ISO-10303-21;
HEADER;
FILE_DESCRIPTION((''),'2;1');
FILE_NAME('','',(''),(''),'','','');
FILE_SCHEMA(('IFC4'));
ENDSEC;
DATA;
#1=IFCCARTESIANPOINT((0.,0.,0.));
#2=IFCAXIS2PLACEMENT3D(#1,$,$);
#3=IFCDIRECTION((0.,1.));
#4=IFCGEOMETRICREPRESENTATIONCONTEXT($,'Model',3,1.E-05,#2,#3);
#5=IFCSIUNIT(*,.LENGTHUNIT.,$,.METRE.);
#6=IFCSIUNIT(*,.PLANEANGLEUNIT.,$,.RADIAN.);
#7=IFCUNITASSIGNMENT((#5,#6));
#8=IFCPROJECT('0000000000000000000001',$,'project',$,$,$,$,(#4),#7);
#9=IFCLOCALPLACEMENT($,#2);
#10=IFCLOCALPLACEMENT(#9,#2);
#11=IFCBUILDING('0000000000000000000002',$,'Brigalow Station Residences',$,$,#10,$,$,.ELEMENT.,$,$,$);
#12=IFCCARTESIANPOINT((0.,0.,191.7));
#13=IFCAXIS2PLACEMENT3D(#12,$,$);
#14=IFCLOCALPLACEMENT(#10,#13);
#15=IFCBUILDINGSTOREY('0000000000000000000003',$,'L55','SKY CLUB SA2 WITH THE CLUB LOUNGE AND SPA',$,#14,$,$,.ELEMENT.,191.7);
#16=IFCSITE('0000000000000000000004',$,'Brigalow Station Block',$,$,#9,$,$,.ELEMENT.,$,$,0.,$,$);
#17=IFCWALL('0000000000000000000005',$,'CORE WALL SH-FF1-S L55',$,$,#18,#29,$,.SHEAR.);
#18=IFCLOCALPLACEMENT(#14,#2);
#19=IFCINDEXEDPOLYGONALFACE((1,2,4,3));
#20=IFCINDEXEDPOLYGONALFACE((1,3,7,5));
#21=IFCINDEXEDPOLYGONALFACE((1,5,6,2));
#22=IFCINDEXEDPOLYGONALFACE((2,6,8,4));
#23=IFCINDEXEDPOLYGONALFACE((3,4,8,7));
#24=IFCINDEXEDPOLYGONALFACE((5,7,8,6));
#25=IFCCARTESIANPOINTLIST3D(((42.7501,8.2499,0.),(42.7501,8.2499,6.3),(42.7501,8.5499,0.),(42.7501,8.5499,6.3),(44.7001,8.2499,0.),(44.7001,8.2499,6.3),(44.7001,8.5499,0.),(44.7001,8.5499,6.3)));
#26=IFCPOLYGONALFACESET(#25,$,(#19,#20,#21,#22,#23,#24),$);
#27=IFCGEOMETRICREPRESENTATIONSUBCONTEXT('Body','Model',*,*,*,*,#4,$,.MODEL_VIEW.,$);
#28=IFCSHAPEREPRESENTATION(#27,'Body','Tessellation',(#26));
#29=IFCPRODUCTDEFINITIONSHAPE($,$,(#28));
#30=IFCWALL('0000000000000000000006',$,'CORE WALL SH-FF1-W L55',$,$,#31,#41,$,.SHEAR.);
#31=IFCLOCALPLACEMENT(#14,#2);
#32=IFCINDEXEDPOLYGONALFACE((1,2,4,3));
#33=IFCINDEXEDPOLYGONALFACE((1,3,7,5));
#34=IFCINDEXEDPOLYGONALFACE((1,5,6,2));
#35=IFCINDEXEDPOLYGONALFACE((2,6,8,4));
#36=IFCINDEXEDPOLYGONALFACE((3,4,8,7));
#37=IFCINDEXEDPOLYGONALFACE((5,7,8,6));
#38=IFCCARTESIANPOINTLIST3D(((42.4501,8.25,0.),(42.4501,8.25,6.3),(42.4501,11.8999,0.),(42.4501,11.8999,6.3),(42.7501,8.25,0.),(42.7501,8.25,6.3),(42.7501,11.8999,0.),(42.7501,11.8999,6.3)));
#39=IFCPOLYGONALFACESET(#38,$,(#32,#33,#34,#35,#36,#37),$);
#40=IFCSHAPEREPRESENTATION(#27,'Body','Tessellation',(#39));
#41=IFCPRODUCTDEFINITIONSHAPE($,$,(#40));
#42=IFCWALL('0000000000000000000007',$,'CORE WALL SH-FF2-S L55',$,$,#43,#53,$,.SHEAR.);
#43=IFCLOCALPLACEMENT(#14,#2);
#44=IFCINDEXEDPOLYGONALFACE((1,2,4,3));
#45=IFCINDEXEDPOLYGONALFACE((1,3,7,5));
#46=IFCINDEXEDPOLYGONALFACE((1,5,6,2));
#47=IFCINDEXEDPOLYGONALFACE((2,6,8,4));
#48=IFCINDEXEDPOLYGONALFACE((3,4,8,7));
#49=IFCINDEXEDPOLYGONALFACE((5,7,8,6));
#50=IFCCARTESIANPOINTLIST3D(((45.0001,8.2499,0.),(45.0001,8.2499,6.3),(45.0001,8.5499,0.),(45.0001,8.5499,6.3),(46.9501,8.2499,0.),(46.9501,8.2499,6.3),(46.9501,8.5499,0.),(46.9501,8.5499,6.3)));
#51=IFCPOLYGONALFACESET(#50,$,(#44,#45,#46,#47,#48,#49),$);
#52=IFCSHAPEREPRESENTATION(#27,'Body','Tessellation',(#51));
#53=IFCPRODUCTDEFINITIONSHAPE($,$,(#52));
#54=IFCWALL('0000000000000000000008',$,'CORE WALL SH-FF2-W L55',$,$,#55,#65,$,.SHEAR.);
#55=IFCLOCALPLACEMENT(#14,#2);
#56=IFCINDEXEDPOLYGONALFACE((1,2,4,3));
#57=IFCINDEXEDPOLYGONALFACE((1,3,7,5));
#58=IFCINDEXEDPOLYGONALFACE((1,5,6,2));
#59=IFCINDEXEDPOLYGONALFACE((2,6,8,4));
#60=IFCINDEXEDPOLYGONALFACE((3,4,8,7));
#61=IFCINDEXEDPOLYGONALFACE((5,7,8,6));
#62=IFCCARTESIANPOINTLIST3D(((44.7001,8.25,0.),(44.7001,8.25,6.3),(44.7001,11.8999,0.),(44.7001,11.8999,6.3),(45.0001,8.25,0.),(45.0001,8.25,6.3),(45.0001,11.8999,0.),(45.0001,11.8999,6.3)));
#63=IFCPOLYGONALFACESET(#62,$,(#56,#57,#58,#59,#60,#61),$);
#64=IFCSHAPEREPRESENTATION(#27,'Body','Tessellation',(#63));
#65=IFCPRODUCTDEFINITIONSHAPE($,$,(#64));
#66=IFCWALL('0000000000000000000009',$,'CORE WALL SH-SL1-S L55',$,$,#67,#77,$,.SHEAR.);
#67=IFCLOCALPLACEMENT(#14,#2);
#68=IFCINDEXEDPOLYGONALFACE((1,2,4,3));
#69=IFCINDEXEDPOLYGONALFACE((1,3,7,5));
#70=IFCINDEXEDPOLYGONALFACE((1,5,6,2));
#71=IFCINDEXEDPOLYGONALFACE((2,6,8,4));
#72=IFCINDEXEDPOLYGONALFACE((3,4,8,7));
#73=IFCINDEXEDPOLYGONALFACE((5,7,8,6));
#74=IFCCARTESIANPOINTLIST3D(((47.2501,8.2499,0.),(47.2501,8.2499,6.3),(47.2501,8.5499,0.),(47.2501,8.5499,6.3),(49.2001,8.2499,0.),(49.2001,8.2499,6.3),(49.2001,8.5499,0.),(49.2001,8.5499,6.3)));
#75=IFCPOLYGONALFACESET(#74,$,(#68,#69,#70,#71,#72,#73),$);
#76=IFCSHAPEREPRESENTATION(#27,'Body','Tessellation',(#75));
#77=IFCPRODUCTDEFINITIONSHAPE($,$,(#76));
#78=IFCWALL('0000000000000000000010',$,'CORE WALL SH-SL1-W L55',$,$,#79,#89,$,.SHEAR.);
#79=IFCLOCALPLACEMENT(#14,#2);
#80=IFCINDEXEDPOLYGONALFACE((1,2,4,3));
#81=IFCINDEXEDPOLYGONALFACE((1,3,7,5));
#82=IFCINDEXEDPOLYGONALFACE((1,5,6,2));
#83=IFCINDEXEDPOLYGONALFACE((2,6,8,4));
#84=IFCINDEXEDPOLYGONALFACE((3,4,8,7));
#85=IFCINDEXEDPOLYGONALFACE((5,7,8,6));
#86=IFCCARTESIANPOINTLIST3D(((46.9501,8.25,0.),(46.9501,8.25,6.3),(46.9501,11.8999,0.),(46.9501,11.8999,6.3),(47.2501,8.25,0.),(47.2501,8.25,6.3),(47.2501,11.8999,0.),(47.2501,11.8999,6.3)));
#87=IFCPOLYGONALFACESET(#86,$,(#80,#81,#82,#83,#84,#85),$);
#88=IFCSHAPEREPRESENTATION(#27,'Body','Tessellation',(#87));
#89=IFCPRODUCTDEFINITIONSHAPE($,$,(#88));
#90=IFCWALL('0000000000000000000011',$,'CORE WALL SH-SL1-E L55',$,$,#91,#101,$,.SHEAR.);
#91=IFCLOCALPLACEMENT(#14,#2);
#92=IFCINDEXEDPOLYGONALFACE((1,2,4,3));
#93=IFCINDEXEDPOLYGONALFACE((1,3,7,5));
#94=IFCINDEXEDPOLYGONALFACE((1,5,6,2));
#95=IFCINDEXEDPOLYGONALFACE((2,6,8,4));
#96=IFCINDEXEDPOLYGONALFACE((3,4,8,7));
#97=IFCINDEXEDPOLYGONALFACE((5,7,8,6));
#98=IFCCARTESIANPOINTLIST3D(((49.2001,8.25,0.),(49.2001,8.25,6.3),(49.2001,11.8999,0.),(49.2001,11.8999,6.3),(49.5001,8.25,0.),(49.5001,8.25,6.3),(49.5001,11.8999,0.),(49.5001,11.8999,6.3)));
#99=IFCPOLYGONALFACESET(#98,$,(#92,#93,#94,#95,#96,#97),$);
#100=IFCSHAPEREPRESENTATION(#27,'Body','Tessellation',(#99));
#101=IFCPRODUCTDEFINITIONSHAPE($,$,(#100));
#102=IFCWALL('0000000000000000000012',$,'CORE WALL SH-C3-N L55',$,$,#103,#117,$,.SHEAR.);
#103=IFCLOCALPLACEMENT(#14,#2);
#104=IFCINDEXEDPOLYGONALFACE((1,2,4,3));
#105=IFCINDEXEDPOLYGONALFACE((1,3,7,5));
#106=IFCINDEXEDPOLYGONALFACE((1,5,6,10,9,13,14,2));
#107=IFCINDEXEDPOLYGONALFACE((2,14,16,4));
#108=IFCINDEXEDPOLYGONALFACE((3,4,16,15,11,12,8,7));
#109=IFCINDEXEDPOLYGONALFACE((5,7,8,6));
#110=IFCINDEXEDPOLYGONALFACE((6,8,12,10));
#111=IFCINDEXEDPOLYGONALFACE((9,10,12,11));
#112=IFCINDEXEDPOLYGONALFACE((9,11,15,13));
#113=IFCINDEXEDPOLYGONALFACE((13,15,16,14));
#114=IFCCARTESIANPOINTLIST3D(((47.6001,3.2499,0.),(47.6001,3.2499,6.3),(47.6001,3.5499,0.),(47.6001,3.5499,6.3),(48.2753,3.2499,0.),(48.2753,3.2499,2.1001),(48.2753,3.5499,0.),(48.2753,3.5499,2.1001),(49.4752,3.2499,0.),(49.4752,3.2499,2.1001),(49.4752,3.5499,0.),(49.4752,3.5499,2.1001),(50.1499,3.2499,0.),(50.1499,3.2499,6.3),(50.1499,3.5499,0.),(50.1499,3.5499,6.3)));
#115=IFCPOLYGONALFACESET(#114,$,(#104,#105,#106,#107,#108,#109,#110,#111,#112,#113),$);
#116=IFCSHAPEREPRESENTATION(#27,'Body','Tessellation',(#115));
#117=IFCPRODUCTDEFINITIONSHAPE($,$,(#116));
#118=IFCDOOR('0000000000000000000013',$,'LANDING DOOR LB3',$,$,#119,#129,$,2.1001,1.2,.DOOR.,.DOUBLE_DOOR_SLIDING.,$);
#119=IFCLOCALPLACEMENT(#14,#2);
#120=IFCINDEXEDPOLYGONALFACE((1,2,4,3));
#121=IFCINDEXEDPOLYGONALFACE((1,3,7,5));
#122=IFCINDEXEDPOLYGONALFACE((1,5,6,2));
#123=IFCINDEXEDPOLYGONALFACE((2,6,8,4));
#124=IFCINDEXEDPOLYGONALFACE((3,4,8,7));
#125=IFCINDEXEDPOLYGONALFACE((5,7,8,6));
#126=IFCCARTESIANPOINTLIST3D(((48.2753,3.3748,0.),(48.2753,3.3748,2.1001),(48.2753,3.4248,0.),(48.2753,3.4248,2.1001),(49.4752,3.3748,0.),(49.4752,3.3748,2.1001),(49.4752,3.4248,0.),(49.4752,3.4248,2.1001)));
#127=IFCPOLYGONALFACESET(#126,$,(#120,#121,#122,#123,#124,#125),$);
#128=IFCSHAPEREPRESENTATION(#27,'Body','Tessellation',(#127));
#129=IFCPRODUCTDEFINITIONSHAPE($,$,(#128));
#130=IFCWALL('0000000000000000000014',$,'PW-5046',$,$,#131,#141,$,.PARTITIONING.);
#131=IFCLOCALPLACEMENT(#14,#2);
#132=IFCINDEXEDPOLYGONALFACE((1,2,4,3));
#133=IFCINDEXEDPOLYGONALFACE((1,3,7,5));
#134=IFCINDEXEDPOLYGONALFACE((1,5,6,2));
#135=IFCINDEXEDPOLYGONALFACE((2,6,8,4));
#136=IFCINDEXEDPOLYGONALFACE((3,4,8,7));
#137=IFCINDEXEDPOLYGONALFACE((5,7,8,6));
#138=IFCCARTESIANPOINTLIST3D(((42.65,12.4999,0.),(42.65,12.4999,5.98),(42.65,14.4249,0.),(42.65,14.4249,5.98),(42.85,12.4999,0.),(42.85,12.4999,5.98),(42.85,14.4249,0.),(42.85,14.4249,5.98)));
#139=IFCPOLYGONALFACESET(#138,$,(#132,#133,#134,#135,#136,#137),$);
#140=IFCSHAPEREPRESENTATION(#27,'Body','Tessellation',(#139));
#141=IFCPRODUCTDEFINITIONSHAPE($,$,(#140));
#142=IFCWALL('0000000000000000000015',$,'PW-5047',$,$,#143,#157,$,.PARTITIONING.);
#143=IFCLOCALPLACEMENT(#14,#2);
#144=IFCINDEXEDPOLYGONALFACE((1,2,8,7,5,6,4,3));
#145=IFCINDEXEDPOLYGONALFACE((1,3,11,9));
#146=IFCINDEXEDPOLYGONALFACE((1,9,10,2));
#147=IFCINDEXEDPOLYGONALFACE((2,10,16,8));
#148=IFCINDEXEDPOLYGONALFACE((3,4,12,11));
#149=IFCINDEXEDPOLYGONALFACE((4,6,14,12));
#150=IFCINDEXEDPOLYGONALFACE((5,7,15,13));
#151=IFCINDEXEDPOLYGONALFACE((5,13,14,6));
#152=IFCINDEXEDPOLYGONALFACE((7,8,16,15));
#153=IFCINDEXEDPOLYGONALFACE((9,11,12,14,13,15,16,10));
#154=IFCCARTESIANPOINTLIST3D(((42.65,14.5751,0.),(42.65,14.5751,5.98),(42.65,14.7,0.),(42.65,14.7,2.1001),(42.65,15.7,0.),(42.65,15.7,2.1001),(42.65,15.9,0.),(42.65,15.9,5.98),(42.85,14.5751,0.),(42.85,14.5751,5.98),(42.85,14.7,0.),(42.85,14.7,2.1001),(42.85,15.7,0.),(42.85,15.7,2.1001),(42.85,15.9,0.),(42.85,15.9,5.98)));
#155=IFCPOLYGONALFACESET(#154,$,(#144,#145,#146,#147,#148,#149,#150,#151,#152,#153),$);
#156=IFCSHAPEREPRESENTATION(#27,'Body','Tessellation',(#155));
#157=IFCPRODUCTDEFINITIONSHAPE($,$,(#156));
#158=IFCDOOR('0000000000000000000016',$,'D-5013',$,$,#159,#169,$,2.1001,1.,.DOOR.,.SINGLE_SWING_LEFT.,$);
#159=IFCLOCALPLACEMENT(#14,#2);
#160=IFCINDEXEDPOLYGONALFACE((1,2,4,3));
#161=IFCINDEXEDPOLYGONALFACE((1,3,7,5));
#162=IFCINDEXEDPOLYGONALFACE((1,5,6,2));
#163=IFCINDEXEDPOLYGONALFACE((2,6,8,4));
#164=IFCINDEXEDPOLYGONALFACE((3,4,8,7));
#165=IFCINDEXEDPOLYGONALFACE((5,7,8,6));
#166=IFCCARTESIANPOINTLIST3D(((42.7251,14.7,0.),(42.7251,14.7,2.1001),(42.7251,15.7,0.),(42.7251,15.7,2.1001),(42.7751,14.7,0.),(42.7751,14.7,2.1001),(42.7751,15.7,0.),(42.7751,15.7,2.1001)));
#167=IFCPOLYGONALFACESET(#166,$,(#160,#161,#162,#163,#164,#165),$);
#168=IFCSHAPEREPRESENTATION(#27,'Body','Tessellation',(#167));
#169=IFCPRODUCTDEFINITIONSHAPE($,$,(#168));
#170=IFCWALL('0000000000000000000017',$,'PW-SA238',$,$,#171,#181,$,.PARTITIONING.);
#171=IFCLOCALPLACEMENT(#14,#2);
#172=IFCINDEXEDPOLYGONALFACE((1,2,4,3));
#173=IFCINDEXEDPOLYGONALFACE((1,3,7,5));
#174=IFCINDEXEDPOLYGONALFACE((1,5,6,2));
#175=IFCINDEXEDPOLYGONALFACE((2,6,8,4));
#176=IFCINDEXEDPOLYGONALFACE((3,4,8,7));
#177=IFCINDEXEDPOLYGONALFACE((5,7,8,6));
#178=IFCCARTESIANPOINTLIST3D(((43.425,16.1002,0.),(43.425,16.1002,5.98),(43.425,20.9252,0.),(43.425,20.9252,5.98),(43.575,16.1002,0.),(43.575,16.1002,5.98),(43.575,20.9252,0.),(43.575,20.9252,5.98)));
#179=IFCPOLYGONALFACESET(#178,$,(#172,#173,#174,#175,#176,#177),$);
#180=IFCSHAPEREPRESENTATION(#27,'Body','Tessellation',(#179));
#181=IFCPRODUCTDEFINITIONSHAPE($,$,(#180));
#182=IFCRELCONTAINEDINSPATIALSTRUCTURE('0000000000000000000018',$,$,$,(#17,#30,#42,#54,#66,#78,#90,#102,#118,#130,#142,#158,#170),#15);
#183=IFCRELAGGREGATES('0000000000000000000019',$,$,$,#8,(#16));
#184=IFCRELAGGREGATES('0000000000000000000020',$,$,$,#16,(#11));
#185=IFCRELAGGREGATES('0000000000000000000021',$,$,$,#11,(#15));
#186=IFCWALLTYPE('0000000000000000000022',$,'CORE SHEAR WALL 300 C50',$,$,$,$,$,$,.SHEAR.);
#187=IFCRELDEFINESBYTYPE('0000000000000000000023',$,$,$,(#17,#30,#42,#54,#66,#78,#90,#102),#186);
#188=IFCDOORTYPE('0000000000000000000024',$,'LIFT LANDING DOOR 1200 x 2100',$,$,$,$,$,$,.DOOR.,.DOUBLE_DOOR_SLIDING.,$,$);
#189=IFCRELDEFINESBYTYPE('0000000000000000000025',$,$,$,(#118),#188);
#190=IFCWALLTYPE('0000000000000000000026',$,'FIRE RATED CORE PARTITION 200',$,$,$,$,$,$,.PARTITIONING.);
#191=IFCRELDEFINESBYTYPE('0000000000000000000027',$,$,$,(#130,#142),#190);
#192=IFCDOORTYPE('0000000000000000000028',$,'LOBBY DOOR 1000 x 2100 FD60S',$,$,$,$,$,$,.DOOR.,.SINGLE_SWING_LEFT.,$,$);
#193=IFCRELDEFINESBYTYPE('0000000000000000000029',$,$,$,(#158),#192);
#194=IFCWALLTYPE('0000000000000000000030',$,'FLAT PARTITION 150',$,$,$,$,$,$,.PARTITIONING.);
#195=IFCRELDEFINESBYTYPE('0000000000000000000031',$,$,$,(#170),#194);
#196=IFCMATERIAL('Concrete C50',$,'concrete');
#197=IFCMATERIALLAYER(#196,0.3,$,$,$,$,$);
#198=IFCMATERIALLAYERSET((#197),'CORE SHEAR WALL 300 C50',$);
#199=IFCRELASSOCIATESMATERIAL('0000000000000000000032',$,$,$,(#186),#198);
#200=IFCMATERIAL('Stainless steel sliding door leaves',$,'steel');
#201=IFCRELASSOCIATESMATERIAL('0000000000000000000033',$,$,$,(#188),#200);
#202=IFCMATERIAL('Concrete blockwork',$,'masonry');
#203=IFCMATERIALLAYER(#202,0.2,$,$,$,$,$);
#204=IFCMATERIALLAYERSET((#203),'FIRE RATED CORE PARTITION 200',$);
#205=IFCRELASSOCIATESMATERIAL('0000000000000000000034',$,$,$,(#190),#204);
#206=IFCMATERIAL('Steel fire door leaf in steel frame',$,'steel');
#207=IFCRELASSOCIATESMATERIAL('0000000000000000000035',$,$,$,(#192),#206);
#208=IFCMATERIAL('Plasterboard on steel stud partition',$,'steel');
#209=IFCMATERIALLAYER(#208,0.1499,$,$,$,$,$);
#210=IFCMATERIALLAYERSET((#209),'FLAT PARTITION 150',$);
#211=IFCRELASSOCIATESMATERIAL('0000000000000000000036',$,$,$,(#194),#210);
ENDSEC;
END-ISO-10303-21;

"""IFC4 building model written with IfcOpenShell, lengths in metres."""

from ifc_helpers import new_model, si_unit, direction, frame, frame_2d, origin, place, context, subcontext, project, spatial, rectangle, extrude, material, layer, layer_set, type_object, element, fill, save


model = new_model("IFC4")

# Units and contexts
model_context = context("Model", 3, precision=1e-05, world=origin(), true_north=direction((0.0, 1.0)))
body_context = subcontext(model_context, "Body", "Model", "MODEL_VIEW")
ifc_project = project(units=[si_unit("LENGTHUNIT", "METRE"), si_unit("PLANEANGLEUNIT", "RADIAN")], contexts=[model_context])

# Site, building, storey
site_placement = place(None, origin())
site = spatial("IfcSite", under=ifc_project, at=site_placement, Name="Brigalow Station Block", CompositionType="ELEMENT", RefElevation=0.0)
building_placement = place(site_placement, origin())
building = spatial("IfcBuilding", under=site, at=building_placement, Name="Brigalow Station Residences", CompositionType="ELEMENT")
storey_placement = place(building_placement, frame((0.0, 0.0, 191.7)))
storey = spatial("IfcBuildingStorey", under=building, at=storey_placement, Name="L55", Description="SKY CLUB SA2 WITH THE CLUB LOUNGE AND SPA", CompositionType="ELEMENT", Elevation=191.7)

# Walls
ifc_material_1 = material(Name="Concrete C50", Category="concrete")
ifc_layer_1 = layer(ifc_material_1, 0.3)
ifc_layer_set_1 = layer_set([ifc_layer_1], Name="CORE SHEAR WALL 300 C50")
wall_type_1 = type_object("IfcWallType", Name="CORE SHEAR WALL 300 C50", PredefinedType="SHEAR", material=ifc_layer_set_1)
wall_1_placement = place(storey_placement, frame((42.75, 8.3999, 0.0), z_axis=(0.0, 0.0, 1.0), x_axis=(1.0, 0.0, 0.0)))
element("IfcWall", 1, at=wall_1_placement, inside=storey, type_object=wall_type_1, Name="CORE WALL SH-FF1-S L55", PredefinedType="SHEAR", context=body_context, shape_type="SweptSolid", body=[
    extrude(rectangle(XDim=1.95, YDim=0.3, at=frame_2d((0.9751, 0.0))), origin(), (0.0, 0.0, 1.0), 6.3),
])
wall_2_placement = place(storey_placement, frame((42.6001, 8.25, 0.0), z_axis=(0.0, 0.0, 1.0), x_axis=(0.0, 1.0, 0.0)))
element("IfcWall", 2, at=wall_2_placement, inside=storey, type_object=wall_type_1, Name="CORE WALL SH-FF1-W L55", PredefinedType="SHEAR", context=body_context, shape_type="SweptSolid", body=[
    extrude(rectangle(XDim=3.6499, YDim=0.3, at=frame_2d((1.825, 0.0))), origin(), (0.0, 0.0, 1.0), 6.3),
])
wall_3_placement = place(storey_placement, frame((45.0, 8.3999, 0.0), z_axis=(0.0, 0.0, 1.0), x_axis=(1.0, 0.0, 0.0)))
element("IfcWall", 3, at=wall_3_placement, inside=storey, type_object=wall_type_1, Name="CORE WALL SH-FF2-S L55", PredefinedType="SHEAR", context=body_context, shape_type="SweptSolid", body=[
    extrude(rectangle(XDim=1.95, YDim=0.3, at=frame_2d((0.9751, 0.0))), origin(), (0.0, 0.0, 1.0), 6.3),
])
wall_4_placement = place(storey_placement, frame((44.8501, 8.25, 0.0), z_axis=(0.0, 0.0, 1.0), x_axis=(0.0, 1.0, 0.0)))
element("IfcWall", 4, at=wall_4_placement, inside=storey, type_object=wall_type_1, Name="CORE WALL SH-FF2-W L55", PredefinedType="SHEAR", context=body_context, shape_type="SweptSolid", body=[
    extrude(rectangle(XDim=3.6499, YDim=0.3, at=frame_2d((1.825, 0.0))), origin(), (0.0, 0.0, 1.0), 6.3),
])
wall_5_placement = place(storey_placement, frame((47.25, 8.3999, 0.0), z_axis=(0.0, 0.0, 1.0), x_axis=(1.0, 0.0, 0.0)))
element("IfcWall", 5, at=wall_5_placement, inside=storey, type_object=wall_type_1, Name="CORE WALL SH-SL1-S L55", PredefinedType="SHEAR", context=body_context, shape_type="SweptSolid", body=[
    extrude(rectangle(XDim=1.95, YDim=0.3, at=frame_2d((0.9751, 0.0))), origin(), (0.0, 0.0, 1.0), 6.3),
])
for number, where, z_axis, x_axis, name in (
    (6, (47.1001, 8.25, 0.0), (0.0, 0.0, 1.0), (0.0, 1.0, 0.0), "CORE WALL SH-SL1-W L55"),
    (7, (49.3501, 8.25, 0.0), (0.0, 0.0, 1.0), (0.0, 1.0, 0.0), "CORE WALL SH-SL1-E L55"),
):
    element("IfcWall", number, at=place(storey_placement, frame(where, z_axis=z_axis, x_axis=x_axis)), inside=storey, type_object=wall_type_1, Name=name, PredefinedType="SHEAR", context=body_context, shape_type="SweptSolid", body=[
        extrude(rectangle(XDim=3.6499, YDim=0.3, at=frame_2d((1.825, 0.0))), origin(), (0.0, 0.0, 1.0), 6.3),
    ])

# Wall, opening, door
wall_6_placement = place(storey_placement, frame((47.6001, 3.3999, 0.0), z_axis=(0.0, 0.0, 1.0), x_axis=(1.0, 0.0, 0.0)))
wall_6 = element("IfcWall", 8, at=wall_6_placement, inside=storey, type_object=wall_type_1, Name="CORE WALL SH-C3-N L55", PredefinedType="SHEAR", context=body_context, shape_type="SweptSolid", body=[
    extrude(rectangle(XDim=2.5498, YDim=0.3, at=frame_2d((1.2749, 0.0))), origin(), (0.0, 0.0, 1.0), 6.3),
])
opening_1_placement = place(wall_6_placement, frame((0.675, 0.0, 0.0)))
opening_1 = element("IfcOpeningElement", 9, at=opening_1_placement, cuts=wall_6, PredefinedType="OPENING", context=body_context, shape_type="SweptSolid", body=[
    extrude(rectangle(XDim=1.2, YDim=2.1001, at=frame_2d((0.6001, 1.05))), frame((0.0, 0.1602, 0.0), z_axis=(0.0, -1.0, 0.0), x_axis=(1.0, 0.0, 0.0)), (0.0, 0.0, 1.0), 0.3201),
])
ifc_material_2 = material(Name="Stainless steel sliding door leaves", Category="steel")
door_type_1 = type_object("IfcDoorType", Name="LIFT LANDING DOOR 1200 x 2100", OperationType="DOUBLE_DOOR_SLIDING", PredefinedType="DOOR", material=ifc_material_2)
door_1_placement = place(opening_1_placement, origin())
door_1 = element("IfcDoor", 10, at=door_1_placement, inside=storey, type_object=door_type_1, Name="LANDING DOOR LB3", OperationType="DOUBLE_DOOR_SLIDING", OverallHeight=2.1001, OverallWidth=1.2, PredefinedType="DOOR", context=body_context, shape_type="SweptSolid", body=[
    extrude(rectangle(XDim=1.2, YDim=2.1001, at=frame_2d((0.6001, 1.05))), frame((0.0, 0.0249, 0.0), z_axis=(0.0, -1.0, 0.0), x_axis=(1.0, 0.0, 0.0)), (0.0, 0.0, 1.0), 0.05),
])
fill(opening_1, door_1)

# Wall
ifc_material_3 = material(Name="Concrete blockwork", Category="masonry")
ifc_layer_2 = layer(ifc_material_3, 0.2)
ifc_layer_set_2 = layer_set([ifc_layer_2], Name="FIRE RATED CORE PARTITION 200")
wall_type_2 = type_object("IfcWallType", Name="FIRE RATED CORE PARTITION 200", PredefinedType="PARTITIONING", material=ifc_layer_set_2)
wall_7_placement = place(storey_placement, frame((42.75, 12.5, 0.0), z_axis=(0.0, 0.0, 1.0), x_axis=(0.0, 1.0, 0.0)))
element("IfcWall", 11, at=wall_7_placement, inside=storey, type_object=wall_type_2, Name="PW-5046", PredefinedType="PARTITIONING", context=body_context, shape_type="SweptSolid", body=[
    extrude(rectangle(XDim=1.925, YDim=0.2, at=frame_2d((0.9624, 0.0))), origin(), (0.0, 0.0, 1.0), 5.98),
])

# Wall, opening, door
wall_8_placement = place(storey_placement, frame((42.75, 14.575, 0.0), z_axis=(0.0, 0.0, 1.0), x_axis=(0.0, 1.0, 0.0)))
wall_8 = element("IfcWall", 12, at=wall_8_placement, inside=storey, type_object=wall_type_2, Name="PW-5047", PredefinedType="PARTITIONING", context=body_context, shape_type="SweptSolid", body=[
    extrude(rectangle(XDim=1.325, YDim=0.2, at=frame_2d((0.6626, 0.0))), origin(), (0.0, 0.0, 1.0), 5.98),
])
opening_2_placement = place(wall_8_placement, frame((0.125, 0.0, 0.0)))
opening_2 = element("IfcOpeningElement", 13, at=opening_2_placement, cuts=wall_8, PredefinedType="OPENING", context=body_context, shape_type="SweptSolid", body=[
    extrude(rectangle(XDim=1.0, YDim=2.1001, at=frame_2d((0.5, 1.05))), frame((0.0, 0.1099, 0.0), z_axis=(0.0, -1.0, 0.0), x_axis=(1.0, 0.0, 0.0)), (0.0, 0.0, 1.0), 0.22),
])
ifc_material_4 = material(Name="Steel fire door leaf in steel frame", Category="steel")
door_type_2 = type_object("IfcDoorType", Name="LOBBY DOOR 1000 x 2100 FD60S", OperationType="SINGLE_SWING_LEFT", PredefinedType="DOOR", material=ifc_material_4)
door_2_placement = place(opening_2_placement, origin())
door_2 = element("IfcDoor", 14, at=door_2_placement, inside=storey, type_object=door_type_2, Name="D-5013", OperationType="SINGLE_SWING_LEFT", OverallHeight=2.1001, OverallWidth=1.0, PredefinedType="DOOR", context=body_context, shape_type="SweptSolid", body=[
    extrude(rectangle(XDim=1.0, YDim=2.1001, at=frame_2d((0.5, 1.05))), frame((0.0, 0.0249, 0.0), z_axis=(0.0, -1.0, 0.0), x_axis=(1.0, 0.0, 0.0)), (0.0, 0.0, 1.0), 0.05),
])
fill(opening_2, door_2)

# Wall
ifc_material_5 = material(Name="Plasterboard on steel stud partition", Category="steel")
ifc_layer_3 = layer(ifc_material_5, 0.1499)
ifc_layer_set_3 = layer_set([ifc_layer_3], Name="FLAT PARTITION 150")
wall_type_3 = type_object("IfcWallType", Name="FLAT PARTITION 150", PredefinedType="PARTITIONING", material=ifc_layer_set_3)
wall_9_placement = place(storey_placement, frame((43.5, 16.1001, 0.0), z_axis=(0.0, 0.0, 1.0), x_axis=(0.0, 1.0, 0.0)))
element("IfcWall", 15, at=wall_9_placement, inside=storey, type_object=wall_type_3, Name="PW-SA238", PredefinedType="PARTITIONING", context=body_context, shape_type="SweptSolid", body=[
    extrude(rectangle(XDim=4.825, YDim=0.1499, at=frame_2d((2.4126, 0.0))), origin(), (0.0, 0.0, 1.0), 5.98),
])

save(model, "model.ifc")
